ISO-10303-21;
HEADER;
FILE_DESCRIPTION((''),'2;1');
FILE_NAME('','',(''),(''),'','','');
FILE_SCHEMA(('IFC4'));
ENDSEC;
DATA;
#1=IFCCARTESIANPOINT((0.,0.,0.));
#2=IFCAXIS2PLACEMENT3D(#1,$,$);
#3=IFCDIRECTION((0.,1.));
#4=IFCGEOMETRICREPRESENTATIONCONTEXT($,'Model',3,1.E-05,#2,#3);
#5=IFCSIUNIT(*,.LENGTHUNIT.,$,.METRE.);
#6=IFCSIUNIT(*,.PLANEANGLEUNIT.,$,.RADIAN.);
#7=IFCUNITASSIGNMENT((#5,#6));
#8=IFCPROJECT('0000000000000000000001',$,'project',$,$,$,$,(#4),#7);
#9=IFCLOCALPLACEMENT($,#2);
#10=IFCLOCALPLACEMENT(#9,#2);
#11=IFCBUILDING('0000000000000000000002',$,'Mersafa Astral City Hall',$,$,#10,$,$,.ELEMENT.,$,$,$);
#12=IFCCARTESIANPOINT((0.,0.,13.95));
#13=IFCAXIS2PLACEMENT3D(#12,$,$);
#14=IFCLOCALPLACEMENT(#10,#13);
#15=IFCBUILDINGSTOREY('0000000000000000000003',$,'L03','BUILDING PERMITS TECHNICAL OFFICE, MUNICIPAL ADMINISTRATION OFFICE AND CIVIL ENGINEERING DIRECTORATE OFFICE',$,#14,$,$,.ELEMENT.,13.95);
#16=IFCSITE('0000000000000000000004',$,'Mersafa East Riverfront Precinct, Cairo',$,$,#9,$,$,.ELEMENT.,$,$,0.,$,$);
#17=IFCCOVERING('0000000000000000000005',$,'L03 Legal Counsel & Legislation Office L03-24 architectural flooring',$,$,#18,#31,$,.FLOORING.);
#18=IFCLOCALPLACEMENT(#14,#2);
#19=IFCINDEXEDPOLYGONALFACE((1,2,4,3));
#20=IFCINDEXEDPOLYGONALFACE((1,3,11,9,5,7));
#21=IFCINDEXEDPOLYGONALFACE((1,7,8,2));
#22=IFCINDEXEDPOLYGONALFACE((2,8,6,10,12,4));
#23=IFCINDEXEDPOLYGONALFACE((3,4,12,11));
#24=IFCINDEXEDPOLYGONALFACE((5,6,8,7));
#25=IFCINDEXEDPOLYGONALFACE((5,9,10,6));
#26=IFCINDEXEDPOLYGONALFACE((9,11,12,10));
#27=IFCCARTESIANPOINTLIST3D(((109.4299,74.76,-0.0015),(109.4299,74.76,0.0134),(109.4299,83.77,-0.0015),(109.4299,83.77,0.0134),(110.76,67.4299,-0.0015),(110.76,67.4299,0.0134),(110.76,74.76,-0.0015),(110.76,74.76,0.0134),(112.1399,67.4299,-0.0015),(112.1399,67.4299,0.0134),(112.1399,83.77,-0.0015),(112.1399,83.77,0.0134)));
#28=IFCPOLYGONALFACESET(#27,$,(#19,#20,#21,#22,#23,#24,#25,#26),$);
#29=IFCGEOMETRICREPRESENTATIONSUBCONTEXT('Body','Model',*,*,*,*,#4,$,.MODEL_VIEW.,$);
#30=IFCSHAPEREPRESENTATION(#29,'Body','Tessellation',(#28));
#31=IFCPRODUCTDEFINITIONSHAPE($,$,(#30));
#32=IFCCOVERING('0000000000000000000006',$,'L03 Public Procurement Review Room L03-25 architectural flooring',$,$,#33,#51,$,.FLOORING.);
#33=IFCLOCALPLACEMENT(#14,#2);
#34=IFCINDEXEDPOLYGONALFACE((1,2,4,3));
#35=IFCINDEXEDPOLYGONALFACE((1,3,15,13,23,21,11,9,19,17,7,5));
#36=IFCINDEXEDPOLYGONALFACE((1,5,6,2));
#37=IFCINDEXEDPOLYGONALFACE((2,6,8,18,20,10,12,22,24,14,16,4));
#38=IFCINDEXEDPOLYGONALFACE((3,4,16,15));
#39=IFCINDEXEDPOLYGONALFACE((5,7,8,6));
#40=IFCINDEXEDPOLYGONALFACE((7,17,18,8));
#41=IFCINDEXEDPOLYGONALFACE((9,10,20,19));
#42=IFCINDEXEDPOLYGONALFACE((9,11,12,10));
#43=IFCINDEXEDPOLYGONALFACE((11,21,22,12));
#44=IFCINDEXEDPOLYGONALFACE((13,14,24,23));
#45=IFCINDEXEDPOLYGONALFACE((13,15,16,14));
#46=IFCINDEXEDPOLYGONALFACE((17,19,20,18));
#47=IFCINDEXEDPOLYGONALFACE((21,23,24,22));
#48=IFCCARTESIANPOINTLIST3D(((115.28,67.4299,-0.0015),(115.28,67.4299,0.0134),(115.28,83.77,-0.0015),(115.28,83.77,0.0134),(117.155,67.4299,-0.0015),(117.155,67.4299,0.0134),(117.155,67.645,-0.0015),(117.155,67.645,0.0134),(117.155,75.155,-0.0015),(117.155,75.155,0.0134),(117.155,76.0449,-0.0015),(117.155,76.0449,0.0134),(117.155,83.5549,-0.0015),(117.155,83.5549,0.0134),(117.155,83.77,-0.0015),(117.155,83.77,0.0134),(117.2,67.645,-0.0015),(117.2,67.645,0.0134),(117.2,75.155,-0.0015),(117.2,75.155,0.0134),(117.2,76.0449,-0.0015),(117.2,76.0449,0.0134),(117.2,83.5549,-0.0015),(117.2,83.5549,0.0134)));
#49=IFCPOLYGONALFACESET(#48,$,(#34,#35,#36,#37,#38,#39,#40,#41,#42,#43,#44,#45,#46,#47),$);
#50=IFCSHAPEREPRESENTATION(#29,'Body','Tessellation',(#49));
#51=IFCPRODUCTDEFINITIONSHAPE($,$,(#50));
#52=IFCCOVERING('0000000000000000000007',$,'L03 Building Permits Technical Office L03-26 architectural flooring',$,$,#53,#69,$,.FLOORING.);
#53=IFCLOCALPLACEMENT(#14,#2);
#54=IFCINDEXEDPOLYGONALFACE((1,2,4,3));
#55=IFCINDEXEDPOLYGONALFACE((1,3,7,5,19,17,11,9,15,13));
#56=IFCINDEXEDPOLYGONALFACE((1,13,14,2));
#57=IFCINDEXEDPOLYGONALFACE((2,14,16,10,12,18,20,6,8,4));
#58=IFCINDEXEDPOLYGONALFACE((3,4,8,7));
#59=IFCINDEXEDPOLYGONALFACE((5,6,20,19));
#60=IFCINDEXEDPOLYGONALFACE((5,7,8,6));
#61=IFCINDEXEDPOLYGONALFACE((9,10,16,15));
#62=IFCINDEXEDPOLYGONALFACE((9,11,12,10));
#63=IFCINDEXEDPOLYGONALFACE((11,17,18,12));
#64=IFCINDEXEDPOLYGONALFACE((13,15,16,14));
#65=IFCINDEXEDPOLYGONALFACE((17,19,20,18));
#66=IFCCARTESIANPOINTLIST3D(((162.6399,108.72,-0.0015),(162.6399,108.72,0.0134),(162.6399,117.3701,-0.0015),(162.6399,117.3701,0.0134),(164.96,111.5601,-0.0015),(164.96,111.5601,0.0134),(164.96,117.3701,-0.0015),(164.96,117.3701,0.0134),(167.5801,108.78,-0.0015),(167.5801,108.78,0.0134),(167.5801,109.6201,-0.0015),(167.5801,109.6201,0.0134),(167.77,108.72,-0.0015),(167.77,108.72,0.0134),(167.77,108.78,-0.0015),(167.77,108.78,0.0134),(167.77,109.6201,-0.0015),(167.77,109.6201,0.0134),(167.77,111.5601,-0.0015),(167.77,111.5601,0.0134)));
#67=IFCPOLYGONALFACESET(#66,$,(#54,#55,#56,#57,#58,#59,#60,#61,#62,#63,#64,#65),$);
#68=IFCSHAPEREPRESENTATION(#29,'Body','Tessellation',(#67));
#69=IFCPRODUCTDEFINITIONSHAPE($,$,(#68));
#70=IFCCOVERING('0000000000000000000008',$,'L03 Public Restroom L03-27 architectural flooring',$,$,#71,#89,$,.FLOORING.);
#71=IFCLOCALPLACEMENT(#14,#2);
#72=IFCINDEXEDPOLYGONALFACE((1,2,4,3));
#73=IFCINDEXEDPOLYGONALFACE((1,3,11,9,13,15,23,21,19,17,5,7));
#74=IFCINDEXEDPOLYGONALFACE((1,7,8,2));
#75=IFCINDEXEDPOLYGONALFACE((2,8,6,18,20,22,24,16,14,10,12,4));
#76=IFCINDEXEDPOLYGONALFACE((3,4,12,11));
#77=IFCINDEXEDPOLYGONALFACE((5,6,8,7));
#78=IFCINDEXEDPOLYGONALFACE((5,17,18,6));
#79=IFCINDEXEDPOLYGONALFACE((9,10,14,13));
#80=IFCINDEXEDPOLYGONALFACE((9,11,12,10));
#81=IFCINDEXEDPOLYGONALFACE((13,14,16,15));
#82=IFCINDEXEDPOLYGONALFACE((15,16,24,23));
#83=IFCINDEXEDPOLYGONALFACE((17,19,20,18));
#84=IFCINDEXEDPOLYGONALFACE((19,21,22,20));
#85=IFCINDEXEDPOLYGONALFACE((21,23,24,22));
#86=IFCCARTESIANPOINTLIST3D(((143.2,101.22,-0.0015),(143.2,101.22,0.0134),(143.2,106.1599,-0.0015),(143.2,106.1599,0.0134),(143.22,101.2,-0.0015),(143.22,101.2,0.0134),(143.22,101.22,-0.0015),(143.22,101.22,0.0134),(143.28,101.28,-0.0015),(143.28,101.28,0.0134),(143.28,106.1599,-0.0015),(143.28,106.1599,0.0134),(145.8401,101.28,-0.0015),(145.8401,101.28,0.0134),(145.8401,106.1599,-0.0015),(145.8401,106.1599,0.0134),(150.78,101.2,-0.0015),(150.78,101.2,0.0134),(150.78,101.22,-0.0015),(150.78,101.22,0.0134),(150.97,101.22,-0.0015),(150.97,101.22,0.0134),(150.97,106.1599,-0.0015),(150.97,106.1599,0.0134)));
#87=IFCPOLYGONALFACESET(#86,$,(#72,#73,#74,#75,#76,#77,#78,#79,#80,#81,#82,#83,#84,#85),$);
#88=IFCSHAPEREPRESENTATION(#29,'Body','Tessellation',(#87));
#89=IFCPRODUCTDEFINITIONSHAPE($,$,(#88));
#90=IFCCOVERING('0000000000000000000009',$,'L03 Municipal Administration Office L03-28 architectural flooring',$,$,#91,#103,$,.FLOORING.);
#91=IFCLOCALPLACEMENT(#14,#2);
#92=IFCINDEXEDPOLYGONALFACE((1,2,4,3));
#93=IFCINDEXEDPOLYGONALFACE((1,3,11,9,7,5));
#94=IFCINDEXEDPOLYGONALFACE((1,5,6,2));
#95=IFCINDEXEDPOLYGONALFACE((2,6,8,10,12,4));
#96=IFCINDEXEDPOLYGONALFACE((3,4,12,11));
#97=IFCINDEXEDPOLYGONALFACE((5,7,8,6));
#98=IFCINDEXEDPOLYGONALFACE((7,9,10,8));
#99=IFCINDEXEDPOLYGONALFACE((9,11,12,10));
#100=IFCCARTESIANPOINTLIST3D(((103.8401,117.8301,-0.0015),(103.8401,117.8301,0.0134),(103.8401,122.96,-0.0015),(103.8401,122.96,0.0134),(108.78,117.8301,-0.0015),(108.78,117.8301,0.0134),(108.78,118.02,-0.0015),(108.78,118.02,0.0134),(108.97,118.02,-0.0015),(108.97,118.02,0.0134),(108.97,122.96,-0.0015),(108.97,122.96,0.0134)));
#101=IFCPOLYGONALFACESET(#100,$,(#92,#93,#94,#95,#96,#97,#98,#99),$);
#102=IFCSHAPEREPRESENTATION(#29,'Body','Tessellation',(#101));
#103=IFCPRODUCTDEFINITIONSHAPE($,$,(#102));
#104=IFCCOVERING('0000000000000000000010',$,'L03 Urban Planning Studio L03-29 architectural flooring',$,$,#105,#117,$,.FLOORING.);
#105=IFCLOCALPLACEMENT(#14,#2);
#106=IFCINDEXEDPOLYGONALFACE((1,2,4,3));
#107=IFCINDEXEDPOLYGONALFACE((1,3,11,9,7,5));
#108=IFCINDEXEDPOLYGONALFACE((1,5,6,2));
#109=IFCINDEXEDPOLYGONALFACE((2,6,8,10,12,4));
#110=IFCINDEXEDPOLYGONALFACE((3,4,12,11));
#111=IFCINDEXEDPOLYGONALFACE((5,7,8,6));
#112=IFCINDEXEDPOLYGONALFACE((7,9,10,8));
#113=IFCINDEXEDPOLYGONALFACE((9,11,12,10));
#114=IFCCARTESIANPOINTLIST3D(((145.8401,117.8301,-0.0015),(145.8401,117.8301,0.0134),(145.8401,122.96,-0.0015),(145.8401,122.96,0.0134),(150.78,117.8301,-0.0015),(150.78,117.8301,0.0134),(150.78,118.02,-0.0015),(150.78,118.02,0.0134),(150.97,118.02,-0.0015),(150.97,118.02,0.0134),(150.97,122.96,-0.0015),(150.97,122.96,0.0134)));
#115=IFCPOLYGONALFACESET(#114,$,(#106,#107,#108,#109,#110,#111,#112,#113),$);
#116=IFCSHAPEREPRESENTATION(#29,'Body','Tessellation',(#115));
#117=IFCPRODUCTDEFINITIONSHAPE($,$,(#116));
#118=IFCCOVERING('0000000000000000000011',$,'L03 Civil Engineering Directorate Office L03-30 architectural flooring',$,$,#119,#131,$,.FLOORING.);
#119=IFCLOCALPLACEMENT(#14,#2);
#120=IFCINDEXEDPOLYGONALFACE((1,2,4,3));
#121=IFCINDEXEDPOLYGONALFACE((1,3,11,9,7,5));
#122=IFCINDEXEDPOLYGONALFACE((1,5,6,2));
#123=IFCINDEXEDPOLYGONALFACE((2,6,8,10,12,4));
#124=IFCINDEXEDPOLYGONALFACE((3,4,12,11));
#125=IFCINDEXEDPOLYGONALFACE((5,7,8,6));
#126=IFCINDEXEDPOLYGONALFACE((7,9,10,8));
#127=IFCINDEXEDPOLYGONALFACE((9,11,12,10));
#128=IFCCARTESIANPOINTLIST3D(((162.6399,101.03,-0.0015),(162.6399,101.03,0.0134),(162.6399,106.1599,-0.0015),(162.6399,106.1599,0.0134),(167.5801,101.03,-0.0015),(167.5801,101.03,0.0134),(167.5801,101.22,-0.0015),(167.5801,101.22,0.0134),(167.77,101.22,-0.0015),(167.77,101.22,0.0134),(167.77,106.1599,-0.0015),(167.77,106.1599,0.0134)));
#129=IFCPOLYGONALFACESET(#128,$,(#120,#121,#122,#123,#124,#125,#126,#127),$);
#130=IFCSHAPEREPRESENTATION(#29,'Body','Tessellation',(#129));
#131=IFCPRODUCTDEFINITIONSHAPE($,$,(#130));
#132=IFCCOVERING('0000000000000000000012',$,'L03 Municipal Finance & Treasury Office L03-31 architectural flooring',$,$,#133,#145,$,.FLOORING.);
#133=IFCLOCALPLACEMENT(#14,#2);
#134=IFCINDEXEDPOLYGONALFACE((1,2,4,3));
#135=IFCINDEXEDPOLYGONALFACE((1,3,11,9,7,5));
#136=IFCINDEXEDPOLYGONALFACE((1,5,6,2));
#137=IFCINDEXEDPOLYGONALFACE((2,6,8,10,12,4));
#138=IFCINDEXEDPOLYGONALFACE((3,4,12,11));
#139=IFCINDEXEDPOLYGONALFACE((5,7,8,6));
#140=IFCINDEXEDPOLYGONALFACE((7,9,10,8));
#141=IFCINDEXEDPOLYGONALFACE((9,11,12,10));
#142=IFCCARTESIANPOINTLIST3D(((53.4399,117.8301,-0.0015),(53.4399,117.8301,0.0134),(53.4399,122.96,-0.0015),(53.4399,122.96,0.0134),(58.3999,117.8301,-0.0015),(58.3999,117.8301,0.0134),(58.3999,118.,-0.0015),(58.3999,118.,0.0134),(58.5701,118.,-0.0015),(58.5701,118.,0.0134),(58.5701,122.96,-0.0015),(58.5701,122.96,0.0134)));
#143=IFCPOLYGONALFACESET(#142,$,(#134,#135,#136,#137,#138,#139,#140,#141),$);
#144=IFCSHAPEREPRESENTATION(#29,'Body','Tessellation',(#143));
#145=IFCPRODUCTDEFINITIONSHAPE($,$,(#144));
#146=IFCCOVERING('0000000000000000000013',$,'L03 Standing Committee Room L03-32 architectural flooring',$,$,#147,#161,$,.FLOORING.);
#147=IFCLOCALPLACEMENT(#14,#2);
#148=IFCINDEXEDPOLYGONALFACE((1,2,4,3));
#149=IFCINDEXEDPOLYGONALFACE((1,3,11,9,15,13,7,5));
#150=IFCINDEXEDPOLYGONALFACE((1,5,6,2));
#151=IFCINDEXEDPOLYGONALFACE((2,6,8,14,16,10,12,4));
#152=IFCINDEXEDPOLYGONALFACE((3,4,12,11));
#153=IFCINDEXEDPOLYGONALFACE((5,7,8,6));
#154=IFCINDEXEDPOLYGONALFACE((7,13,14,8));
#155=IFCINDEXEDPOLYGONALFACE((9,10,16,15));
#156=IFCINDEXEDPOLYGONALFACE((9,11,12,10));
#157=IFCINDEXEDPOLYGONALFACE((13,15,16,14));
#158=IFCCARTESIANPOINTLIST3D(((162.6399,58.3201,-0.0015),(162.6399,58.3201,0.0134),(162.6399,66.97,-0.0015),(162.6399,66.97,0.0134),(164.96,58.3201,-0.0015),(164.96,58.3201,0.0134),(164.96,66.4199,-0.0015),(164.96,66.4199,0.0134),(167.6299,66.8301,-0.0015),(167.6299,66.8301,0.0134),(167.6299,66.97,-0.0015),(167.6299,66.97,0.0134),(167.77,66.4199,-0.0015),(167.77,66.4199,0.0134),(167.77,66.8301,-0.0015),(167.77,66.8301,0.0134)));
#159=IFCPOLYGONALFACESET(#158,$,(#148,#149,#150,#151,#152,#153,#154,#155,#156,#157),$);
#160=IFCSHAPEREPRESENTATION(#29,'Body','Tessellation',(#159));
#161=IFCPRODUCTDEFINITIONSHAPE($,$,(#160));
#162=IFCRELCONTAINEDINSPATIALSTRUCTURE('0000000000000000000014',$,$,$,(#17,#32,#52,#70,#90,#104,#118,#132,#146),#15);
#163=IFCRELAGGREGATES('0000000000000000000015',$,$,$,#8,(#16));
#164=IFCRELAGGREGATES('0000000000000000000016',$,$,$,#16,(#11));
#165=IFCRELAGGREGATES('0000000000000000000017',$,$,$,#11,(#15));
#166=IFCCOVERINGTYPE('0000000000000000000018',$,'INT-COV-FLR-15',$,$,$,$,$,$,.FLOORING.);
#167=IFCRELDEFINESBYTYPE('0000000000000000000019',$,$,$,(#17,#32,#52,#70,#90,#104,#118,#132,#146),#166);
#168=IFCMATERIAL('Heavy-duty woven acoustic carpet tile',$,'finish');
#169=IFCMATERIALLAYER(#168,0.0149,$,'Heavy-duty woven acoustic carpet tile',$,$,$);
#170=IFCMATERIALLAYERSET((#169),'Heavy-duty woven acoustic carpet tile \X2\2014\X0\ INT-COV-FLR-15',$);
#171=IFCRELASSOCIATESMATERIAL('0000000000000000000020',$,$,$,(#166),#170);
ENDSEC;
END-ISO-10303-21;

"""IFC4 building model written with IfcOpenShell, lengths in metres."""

from ifc_helpers import new_model, si_unit, direction, frame, origin, place, context, subcontext, project, spatial, polyline, outline, extrude, material, layer, layer_set, type_object, element, save


model = new_model("IFC4")

# Units and contexts
model_context = context("Model", 3, precision=1e-05, world=origin(), true_north=direction((0.0, 1.0)))
body_context = subcontext(model_context, "Body", "Model", "MODEL_VIEW")
ifc_project = project(units=[si_unit("LENGTHUNIT", "METRE"), si_unit("PLANEANGLEUNIT", "RADIAN")], contexts=[model_context])

# Site, building, storey
site_placement = place(None, origin())
site = spatial("IfcSite", under=ifc_project, at=site_placement, Name="Mersafa East Riverfront Precinct, Cairo", CompositionType="ELEMENT", RefElevation=0.0)
building_placement = place(site_placement, origin())
building = spatial("IfcBuilding", under=site, at=building_placement, Name="Mersafa Astral City Hall", CompositionType="ELEMENT")
storey_placement = place(building_placement, frame((0.0, 0.0, 13.95)))
storey = spatial("IfcBuildingStorey", under=building, at=storey_placement, Name="L03", Description="BUILDING PERMITS TECHNICAL OFFICE, MUNICIPAL ADMINISTRATION OFFICE AND CIVIL ENGINEERING DIRECTORATE OFFICE", CompositionType="ELEMENT", Elevation=13.95)

# Coverings
ifc_material = material(Name="Heavy-duty woven acoustic carpet tile", Category="finish")
ifc_layer = layer(ifc_material, 0.0149, Name="Heavy-duty woven acoustic carpet tile")
ifc_layer_set = layer_set([ifc_layer], Name="Heavy-duty woven acoustic carpet tile — INT-COV-FLR-15")
covering_type = type_object("IfcCoveringType", Name="INT-COV-FLR-15", PredefinedType="FLOORING", material=ifc_layer_set)
covering_1_placement = place(storey_placement, frame((0.0, 0.0, -0.0015)))
element("IfcCovering", 1, at=covering_1_placement, inside=storey, type_object=covering_type, Name="L03 Legal Counsel & Legislation Office L03-24 architectural flooring", PredefinedType="FLOORING", context=body_context, shape_type="SweptSolid", body=[
    extrude(outline(polyline([(112.1399, 83.77), (112.1399, 67.4299), (110.76, 67.4299), (110.76, 74.76), (109.4299, 74.76), (109.4299, 83.77), (112.1399, 83.77)])), origin(), (0.0, 0.0, 1.0), 0.0149),
])
covering_2_placement = place(storey_placement, frame((0.0, 0.0, -0.0015)))
element("IfcCovering", 2, at=covering_2_placement, inside=storey, type_object=covering_type, Name="L03 Public Procurement Review Room L03-25 architectural flooring", PredefinedType="FLOORING", context=body_context, shape_type="SweptSolid", body=[
    extrude(outline(polyline([(115.28, 83.77), (117.155, 83.77), (117.155, 83.5549), (117.2, 83.5549), (117.2, 76.0449), (117.155, 76.0449), (117.155, 75.155), (117.2, 75.155), (117.2, 67.645), (117.155, 67.645), (117.155, 67.4299), (115.28, 67.4299), (115.28, 83.77)])), origin(), (0.0, 0.0, 1.0), 0.0149),
])
covering_3_placement = place(storey_placement, frame((0.0, 0.0, -0.0015)))
element("IfcCovering", 3, at=covering_3_placement, inside=storey, type_object=covering_type, Name="L03 Building Permits Technical Office L03-26 architectural flooring", PredefinedType="FLOORING", context=body_context, shape_type="SweptSolid", body=[
    extrude(outline(polyline([(164.96, 117.3701), (164.96, 111.5601), (167.77, 111.5601), (167.77, 109.6201), (167.5801, 109.6201), (167.5801, 108.78), (167.77, 108.78), (167.77, 108.72), (162.6399, 108.72), (162.6399, 117.3701), (164.96, 117.3701)])), origin(), (0.0, 0.0, 1.0), 0.0149),
])
covering_4_placement = place(storey_placement, frame((0.0, 0.0, -0.0015)))
element("IfcCovering", 4, at=covering_4_placement, inside=storey, type_object=covering_type, Name="L03 Public Restroom L03-27 architectural flooring", PredefinedType="FLOORING", context=body_context, shape_type="SweptSolid", body=[
    extrude(outline(polyline([(143.22, 101.22), (143.2, 101.22), (143.2, 106.1599), (143.28, 106.1599), (143.28, 101.28), (145.8401, 101.28), (145.8401, 106.1599), (150.97, 106.1599), (150.97, 101.22), (150.78, 101.22), (150.78, 101.2), (143.22, 101.2), (143.22, 101.22)])), origin(), (0.0, 0.0, 1.0), 0.0149),
])
covering_5_placement = place(storey_placement, frame((0.0, 0.0, -0.0015)))
element("IfcCovering", 5, at=covering_5_placement, inside=storey, type_object=covering_type, Name="L03 Municipal Administration Office L03-28 architectural flooring", PredefinedType="FLOORING", context=body_context, shape_type="SweptSolid", body=[
    extrude(outline(polyline([(108.97, 118.02), (108.78, 118.02), (108.78, 117.8301), (103.8401, 117.8301), (103.8401, 122.96), (108.97, 122.96), (108.97, 118.02)])), origin(), (0.0, 0.0, 1.0), 0.0149),
])
covering_6_placement = place(storey_placement, frame((0.0, 0.0, -0.0015)))
element("IfcCovering", 6, at=covering_6_placement, inside=storey, type_object=covering_type, Name="L03 Urban Planning Studio L03-29 architectural flooring", PredefinedType="FLOORING", context=body_context, shape_type="SweptSolid", body=[
    extrude(outline(polyline([(150.97, 118.02), (150.78, 118.02), (150.78, 117.8301), (145.8401, 117.8301), (145.8401, 122.96), (150.97, 122.96), (150.97, 118.02)])), origin(), (0.0, 0.0, 1.0), 0.0149),
])
covering_7_placement = place(storey_placement, frame((0.0, 0.0, -0.0015)))
element("IfcCovering", 7, at=covering_7_placement, inside=storey, type_object=covering_type, Name="L03 Civil Engineering Directorate Office L03-30 architectural flooring", PredefinedType="FLOORING", context=body_context, shape_type="SweptSolid", body=[
    extrude(outline(polyline([(167.77, 101.22), (167.5801, 101.22), (167.5801, 101.03), (162.6399, 101.03), (162.6399, 106.1599), (167.77, 106.1599), (167.77, 101.22)])), origin(), (0.0, 0.0, 1.0), 0.0149),
])
covering_8_placement = place(storey_placement, frame((0.0, 0.0, -0.0015)))
element("IfcCovering", 8, at=covering_8_placement, inside=storey, type_object=covering_type, Name="L03 Municipal Finance & Treasury Office L03-31 architectural flooring", PredefinedType="FLOORING", context=body_context, shape_type="SweptSolid", body=[
    extrude(outline(polyline([(53.4399, 117.8301), (53.4399, 122.96), (58.5701, 122.96), (58.5701, 118.0), (58.3999, 118.0), (58.3999, 117.8301), (53.4399, 117.8301)])), origin(), (0.0, 0.0, 1.0), 0.0149),
])
covering_9_placement = place(storey_placement, frame((0.0, 0.0, -0.0015)))
element("IfcCovering", 9, at=covering_9_placement, inside=storey, type_object=covering_type, Name="L03 Standing Committee Room L03-32 architectural flooring", PredefinedType="FLOORING", context=body_context, shape_type="SweptSolid", body=[
    extrude(outline(polyline([(162.6399, 58.3201), (162.6399, 66.97), (167.6299, 66.97), (167.6299, 66.8301), (167.77, 66.8301), (167.77, 66.4199), (164.96, 66.4199), (164.96, 58.3201), (162.6399, 58.3201)])), origin(), (0.0, 0.0, 1.0), 0.0149),
])

save(model, "model.ifc")
